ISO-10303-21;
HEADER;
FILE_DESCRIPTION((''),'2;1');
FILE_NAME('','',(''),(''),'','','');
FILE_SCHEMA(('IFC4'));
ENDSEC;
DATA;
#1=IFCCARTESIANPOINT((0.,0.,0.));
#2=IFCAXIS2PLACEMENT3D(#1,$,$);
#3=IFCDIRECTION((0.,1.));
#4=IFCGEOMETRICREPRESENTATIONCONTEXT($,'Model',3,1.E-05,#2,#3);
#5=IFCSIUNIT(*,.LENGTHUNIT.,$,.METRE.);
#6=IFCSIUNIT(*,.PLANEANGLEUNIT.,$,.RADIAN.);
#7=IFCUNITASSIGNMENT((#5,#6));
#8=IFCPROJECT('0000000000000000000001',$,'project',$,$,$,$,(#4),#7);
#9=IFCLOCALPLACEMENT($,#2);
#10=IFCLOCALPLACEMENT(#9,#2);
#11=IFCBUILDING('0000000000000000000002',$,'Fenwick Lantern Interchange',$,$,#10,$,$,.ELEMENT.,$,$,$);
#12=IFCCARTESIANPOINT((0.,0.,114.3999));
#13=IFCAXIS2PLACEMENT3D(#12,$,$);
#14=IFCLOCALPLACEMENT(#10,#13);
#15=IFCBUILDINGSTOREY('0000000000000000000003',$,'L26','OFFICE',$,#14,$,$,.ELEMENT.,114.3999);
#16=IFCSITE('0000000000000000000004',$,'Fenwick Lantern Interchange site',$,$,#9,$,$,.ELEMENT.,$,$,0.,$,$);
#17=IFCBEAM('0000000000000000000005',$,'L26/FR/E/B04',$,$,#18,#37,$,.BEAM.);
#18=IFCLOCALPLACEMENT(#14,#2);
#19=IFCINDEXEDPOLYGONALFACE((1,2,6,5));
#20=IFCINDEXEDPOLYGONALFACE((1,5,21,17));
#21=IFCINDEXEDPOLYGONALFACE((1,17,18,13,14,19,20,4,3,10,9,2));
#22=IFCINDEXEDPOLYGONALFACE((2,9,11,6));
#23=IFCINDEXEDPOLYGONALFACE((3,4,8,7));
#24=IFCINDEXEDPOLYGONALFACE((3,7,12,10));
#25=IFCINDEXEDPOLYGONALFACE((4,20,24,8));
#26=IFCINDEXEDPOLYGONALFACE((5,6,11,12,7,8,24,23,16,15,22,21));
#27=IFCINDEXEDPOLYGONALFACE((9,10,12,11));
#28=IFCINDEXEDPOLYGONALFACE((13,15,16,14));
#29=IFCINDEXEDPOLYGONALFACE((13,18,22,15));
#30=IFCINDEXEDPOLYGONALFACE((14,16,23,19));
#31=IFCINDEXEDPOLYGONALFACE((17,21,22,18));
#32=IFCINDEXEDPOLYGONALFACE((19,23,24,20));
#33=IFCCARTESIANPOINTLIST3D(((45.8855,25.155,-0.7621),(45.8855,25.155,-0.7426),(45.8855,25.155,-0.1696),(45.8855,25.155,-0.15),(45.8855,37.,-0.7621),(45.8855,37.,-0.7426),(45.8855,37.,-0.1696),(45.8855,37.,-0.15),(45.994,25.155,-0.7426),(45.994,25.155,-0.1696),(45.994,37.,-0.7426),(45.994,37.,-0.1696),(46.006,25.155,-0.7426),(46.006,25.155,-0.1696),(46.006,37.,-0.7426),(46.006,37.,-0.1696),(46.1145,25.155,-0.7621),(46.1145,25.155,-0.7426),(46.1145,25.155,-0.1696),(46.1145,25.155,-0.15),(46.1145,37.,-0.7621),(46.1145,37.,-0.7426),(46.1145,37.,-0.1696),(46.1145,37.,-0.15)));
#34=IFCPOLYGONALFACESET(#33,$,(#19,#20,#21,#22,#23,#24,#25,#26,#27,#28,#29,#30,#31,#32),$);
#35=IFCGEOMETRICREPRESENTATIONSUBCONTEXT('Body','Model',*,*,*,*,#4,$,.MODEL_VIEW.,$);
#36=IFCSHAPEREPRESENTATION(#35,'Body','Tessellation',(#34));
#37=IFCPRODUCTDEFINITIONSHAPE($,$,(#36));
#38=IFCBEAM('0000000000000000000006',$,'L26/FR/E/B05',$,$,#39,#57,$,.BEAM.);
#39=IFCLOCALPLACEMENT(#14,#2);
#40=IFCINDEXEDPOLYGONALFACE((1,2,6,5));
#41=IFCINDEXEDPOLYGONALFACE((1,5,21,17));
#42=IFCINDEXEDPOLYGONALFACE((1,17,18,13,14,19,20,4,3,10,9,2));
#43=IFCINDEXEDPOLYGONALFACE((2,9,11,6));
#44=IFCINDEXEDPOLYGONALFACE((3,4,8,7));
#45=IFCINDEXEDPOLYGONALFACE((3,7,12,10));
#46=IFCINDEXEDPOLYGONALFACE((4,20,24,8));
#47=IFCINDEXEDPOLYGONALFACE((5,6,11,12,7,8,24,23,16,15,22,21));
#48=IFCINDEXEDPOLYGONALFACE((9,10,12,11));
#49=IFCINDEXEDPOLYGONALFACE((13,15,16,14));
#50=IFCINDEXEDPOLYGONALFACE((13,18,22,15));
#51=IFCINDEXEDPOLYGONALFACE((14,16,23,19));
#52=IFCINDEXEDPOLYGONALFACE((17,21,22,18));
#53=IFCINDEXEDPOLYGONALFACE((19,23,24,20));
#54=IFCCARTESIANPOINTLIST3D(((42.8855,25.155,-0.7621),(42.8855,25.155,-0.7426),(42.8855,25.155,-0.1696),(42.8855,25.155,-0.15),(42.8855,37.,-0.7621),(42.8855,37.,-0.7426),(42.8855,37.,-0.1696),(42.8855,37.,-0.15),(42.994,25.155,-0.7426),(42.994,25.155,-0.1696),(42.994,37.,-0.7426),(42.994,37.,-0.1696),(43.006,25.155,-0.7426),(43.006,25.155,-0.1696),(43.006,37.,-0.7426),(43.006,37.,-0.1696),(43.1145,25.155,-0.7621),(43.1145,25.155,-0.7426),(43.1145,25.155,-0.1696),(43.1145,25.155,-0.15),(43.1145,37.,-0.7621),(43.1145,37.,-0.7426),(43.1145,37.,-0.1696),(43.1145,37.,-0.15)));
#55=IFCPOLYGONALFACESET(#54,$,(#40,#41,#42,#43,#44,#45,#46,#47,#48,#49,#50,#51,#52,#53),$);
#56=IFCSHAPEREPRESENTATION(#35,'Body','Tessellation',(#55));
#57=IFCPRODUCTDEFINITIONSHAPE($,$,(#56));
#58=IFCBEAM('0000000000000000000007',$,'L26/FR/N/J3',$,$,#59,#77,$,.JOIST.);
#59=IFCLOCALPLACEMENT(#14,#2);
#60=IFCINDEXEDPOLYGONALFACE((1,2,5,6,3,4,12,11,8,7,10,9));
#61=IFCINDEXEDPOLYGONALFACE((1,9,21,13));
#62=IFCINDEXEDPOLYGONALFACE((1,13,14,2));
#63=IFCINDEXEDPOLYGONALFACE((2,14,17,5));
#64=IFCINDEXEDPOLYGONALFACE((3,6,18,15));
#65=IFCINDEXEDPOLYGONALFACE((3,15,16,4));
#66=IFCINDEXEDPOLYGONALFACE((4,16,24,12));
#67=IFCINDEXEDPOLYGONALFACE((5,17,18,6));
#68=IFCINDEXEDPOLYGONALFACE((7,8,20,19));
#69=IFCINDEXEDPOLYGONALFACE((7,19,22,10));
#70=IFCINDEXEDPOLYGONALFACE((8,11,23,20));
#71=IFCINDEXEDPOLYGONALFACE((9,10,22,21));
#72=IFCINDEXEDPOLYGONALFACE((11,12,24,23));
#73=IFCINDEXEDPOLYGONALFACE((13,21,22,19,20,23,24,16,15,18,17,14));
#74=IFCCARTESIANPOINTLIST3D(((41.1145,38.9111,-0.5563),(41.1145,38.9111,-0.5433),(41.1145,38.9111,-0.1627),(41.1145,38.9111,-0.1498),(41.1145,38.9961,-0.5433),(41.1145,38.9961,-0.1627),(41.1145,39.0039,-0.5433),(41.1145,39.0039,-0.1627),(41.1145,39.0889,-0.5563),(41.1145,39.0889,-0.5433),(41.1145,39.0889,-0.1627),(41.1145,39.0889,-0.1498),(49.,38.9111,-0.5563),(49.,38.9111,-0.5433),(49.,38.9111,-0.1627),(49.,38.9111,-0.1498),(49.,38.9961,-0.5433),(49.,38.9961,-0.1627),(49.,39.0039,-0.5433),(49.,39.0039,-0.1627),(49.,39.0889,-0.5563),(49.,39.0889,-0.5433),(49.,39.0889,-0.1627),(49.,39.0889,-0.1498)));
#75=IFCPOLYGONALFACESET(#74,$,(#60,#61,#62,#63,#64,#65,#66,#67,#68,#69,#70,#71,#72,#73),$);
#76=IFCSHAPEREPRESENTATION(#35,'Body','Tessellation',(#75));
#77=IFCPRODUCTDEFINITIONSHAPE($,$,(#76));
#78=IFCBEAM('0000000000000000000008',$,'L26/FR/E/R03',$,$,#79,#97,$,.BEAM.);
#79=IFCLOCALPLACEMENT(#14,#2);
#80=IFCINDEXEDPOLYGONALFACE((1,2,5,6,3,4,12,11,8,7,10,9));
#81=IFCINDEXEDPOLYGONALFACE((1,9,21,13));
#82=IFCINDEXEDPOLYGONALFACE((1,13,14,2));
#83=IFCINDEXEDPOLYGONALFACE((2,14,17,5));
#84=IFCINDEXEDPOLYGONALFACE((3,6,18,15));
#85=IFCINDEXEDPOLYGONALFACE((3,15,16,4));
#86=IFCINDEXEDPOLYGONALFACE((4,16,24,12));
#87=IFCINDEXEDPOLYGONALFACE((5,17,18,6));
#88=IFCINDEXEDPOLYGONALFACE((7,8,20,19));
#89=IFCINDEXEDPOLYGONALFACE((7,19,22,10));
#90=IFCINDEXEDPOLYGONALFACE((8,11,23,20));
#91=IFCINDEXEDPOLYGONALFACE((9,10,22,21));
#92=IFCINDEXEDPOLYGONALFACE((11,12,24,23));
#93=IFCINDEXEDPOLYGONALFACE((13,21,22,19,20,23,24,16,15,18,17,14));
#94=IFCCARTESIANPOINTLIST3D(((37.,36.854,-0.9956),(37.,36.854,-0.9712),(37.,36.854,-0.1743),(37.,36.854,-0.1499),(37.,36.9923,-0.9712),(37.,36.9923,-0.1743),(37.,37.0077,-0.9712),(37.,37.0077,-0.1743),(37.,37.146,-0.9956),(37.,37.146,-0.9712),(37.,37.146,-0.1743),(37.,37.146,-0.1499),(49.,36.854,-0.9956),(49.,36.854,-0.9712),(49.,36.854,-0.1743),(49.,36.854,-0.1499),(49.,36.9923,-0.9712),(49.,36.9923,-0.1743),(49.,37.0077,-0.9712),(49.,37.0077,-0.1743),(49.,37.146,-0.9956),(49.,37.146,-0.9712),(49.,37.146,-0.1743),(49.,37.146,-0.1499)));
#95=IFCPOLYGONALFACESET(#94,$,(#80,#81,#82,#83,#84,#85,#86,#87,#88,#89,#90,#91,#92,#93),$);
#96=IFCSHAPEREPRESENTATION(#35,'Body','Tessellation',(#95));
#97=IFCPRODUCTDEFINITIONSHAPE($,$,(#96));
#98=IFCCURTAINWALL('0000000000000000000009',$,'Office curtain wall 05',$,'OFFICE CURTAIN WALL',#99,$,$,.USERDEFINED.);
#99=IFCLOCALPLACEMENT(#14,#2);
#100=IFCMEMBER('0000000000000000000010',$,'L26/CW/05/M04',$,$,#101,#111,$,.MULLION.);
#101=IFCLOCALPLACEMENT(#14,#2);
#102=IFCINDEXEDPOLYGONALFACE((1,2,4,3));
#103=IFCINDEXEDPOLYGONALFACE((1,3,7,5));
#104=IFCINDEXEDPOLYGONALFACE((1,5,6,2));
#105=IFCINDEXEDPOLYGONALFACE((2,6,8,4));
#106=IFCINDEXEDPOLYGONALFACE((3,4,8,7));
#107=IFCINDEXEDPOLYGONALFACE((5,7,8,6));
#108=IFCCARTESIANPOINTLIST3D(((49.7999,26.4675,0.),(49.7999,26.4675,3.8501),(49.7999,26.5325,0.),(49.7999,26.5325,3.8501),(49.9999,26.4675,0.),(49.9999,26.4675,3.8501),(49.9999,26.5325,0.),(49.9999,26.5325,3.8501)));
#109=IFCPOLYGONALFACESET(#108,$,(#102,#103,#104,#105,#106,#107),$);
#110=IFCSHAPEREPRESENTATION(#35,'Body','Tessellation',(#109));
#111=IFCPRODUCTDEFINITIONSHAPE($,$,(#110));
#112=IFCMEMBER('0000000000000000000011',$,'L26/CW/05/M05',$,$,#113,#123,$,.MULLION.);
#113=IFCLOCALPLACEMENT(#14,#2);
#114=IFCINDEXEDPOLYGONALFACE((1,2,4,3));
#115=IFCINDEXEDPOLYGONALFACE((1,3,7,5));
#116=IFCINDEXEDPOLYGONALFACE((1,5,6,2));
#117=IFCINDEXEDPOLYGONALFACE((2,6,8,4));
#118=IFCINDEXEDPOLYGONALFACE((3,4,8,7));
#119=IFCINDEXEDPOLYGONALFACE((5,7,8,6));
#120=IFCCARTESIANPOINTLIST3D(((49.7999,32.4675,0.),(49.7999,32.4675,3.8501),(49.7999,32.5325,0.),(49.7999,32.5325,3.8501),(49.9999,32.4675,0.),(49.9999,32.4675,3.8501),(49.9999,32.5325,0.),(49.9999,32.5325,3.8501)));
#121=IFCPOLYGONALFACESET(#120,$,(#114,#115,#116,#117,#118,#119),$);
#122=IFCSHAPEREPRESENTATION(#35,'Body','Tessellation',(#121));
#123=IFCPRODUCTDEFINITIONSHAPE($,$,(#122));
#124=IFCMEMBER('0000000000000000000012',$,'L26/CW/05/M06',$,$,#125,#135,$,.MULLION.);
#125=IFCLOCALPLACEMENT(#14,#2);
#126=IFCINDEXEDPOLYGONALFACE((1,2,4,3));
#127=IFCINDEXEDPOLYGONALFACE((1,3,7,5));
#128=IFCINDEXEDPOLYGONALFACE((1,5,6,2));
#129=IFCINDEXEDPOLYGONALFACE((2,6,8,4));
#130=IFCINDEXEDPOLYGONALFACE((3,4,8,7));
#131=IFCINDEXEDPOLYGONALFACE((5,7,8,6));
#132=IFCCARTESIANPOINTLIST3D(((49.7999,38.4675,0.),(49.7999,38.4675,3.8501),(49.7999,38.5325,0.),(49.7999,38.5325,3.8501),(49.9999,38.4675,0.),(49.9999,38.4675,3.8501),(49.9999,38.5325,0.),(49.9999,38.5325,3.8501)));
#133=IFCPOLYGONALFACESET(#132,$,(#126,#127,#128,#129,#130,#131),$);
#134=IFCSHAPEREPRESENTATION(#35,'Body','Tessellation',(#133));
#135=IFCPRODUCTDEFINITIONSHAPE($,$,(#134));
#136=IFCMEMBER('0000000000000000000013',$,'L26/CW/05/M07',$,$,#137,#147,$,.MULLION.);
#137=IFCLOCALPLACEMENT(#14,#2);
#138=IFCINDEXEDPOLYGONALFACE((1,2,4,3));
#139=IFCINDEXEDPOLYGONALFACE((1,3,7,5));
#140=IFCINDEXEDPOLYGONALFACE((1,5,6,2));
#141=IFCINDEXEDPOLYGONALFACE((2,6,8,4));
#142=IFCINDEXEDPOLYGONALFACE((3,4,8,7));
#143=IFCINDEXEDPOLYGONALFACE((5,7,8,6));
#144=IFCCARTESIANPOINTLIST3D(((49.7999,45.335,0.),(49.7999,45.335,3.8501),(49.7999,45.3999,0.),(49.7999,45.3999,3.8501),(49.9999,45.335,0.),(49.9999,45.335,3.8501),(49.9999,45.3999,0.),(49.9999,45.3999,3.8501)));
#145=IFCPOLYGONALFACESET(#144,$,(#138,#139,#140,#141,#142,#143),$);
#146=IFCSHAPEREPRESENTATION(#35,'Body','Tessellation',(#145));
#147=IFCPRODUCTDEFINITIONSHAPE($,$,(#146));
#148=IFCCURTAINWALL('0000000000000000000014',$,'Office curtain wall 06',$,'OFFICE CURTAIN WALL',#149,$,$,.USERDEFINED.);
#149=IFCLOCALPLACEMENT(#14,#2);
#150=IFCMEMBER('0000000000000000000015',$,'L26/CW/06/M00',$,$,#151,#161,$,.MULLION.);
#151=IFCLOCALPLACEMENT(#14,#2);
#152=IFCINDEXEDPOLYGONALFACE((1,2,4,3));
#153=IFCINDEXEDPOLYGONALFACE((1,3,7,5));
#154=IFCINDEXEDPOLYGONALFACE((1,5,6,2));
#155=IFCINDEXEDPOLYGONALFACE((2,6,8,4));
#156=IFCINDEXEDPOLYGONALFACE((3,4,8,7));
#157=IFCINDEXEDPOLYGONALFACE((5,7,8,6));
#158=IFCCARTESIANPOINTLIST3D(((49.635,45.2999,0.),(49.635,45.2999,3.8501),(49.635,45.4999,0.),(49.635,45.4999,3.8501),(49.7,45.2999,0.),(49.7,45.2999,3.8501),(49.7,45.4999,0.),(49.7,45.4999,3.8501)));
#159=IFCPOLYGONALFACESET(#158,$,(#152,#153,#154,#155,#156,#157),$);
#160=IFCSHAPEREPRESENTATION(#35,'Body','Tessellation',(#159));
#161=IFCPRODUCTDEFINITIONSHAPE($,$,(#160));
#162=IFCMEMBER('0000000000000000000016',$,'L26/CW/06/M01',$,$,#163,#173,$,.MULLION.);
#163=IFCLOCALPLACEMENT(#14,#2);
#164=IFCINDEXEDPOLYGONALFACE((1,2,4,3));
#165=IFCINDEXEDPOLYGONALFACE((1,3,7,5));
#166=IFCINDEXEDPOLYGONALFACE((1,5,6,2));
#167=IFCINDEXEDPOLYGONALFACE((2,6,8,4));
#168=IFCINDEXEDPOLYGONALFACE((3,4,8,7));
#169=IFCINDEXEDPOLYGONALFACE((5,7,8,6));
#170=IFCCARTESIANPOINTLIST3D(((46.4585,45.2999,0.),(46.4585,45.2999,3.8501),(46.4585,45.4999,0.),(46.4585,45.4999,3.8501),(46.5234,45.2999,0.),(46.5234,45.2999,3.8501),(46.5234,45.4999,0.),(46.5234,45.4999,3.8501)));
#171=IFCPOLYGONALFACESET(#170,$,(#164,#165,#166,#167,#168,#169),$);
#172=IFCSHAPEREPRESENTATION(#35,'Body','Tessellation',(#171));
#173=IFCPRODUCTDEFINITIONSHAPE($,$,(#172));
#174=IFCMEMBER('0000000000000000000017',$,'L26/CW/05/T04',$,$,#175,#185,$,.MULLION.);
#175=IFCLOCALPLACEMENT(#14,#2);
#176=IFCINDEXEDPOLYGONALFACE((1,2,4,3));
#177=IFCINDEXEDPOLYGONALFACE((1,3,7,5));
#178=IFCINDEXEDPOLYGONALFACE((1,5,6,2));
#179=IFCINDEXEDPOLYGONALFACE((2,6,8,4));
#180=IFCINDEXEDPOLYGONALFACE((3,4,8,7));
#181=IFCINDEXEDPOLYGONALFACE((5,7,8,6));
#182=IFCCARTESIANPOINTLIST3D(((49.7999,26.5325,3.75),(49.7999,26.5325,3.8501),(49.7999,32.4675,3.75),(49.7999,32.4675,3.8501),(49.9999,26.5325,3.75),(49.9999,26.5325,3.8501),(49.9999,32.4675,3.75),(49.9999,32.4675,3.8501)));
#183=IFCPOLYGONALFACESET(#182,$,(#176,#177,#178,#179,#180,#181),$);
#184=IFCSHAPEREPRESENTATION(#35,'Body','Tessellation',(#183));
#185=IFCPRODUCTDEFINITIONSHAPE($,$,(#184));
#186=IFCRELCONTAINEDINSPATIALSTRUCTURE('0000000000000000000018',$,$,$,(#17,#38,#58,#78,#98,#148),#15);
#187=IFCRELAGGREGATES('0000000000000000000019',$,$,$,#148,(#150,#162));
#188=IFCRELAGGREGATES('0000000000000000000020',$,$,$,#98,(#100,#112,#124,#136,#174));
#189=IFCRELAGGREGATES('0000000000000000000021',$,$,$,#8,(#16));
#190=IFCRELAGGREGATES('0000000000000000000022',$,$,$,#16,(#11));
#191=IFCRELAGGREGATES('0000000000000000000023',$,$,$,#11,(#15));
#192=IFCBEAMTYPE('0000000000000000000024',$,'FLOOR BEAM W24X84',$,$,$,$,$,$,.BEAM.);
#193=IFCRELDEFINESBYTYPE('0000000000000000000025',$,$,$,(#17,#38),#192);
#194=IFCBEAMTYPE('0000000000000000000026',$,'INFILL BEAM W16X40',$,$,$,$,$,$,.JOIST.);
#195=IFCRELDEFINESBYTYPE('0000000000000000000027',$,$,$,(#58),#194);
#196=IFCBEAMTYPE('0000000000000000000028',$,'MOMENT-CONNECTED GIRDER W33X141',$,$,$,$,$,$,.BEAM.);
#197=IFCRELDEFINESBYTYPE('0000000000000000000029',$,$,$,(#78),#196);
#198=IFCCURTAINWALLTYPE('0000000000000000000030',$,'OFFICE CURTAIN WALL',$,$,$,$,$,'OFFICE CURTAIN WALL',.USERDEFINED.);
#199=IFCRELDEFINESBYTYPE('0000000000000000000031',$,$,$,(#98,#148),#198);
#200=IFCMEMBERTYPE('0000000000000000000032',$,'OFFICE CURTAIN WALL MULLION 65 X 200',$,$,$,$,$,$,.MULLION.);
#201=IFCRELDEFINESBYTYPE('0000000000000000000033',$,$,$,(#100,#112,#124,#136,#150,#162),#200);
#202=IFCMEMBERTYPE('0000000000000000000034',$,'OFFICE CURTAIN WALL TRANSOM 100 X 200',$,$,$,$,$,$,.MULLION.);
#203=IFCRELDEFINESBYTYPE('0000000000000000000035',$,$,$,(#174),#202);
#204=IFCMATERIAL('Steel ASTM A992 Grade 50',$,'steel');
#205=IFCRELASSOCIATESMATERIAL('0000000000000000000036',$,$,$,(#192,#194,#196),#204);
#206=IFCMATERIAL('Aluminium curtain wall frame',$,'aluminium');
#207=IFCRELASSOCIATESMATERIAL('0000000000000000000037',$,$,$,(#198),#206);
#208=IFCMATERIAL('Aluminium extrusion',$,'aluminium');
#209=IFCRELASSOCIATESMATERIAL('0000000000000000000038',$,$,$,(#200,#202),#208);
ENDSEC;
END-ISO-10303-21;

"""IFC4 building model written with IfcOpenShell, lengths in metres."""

from ifc_helpers import new_model, si_unit, direction, frame, origin, origin_2d, place, context, subcontext, project, spatial, rectangle, i_section, extrude, material, material_profile, profile_set, type_object, element, aggregate, save


model = new_model("IFC4")

# Units and contexts
model_context = context("Model", 3, precision=1e-05, world=origin(), true_north=direction((0.0, 1.0)))
body_context = subcontext(model_context, "Body", "Model", "MODEL_VIEW")
ifc_project = project(units=[si_unit("LENGTHUNIT", "METRE"), si_unit("PLANEANGLEUNIT", "RADIAN")], contexts=[model_context])

# Site, building, storey
site_placement = place(None, origin())
site = spatial("IfcSite", under=ifc_project, at=site_placement, Name="Fenwick Lantern Interchange site", CompositionType="ELEMENT", RefElevation=0.0)
building_placement = place(site_placement, origin())
building = spatial("IfcBuilding", under=site, at=building_placement, Name="Fenwick Lantern Interchange", CompositionType="ELEMENT")
storey_placement = place(building_placement, frame((0.0, 0.0, 114.3999)))
storey = spatial("IfcBuildingStorey", under=building, at=storey_placement, Name="L26", Description="OFFICE", CompositionType="ELEMENT", Elevation=114.3999)

# Shared definitions
ifc_material_1 = material(Name="Steel ASTM A992 Grade 50", Category="steel")

# Beams
ifc_material_profile_1 = material_profile(ifc_material_1, i_section(OverallWidth=0.229, OverallDepth=0.6121, WebThickness=0.012, FlangeThickness=0.0195, at=origin_2d()), Name="W24X84")
ifc_profile_set_1 = profile_set([ifc_material_profile_1], Name="Steel ASTM A992 Grade 50")
beam_type_1 = type_object("IfcBeamType", Name="FLOOR BEAM W24X84", PredefinedType="BEAM", material=ifc_profile_set_1)
for number, where, z_axis, x_axis, name in (
    (1, (46.0, 25.155, -0.4561), (0.0, 1.0, 0.0), (-1.0, 0.0, 0.0), "L26/FR/E/B04"),
    (2, (43.0, 25.155, -0.4561), (0.0, 1.0, 0.0), (-1.0, 0.0, 0.0), "L26/FR/E/B05"),
):
    element("IfcBeam", number, at=place(storey_placement, frame(where, z_axis=z_axis, x_axis=x_axis)), inside=storey, type_object=beam_type_1, Name=name, PredefinedType="BEAM", context=body_context, shape_type="SweptSolid", body=[
        extrude(i_section(OverallWidth=0.229, OverallDepth=0.6121, WebThickness=0.012, FlangeThickness=0.0195, at=origin_2d()), origin(), (0.0, 0.0, 1.0), 11.845),
    ])
ifc_material_profile_2 = material_profile(ifc_material_1, i_section(OverallWidth=0.1777, OverallDepth=0.4065, WebThickness=0.0078, FlangeThickness=0.0129, at=origin_2d()), Name="W16X40")
ifc_profile_set_2 = profile_set([ifc_material_profile_2], Name="Steel ASTM A992 Grade 50")
beam_type_2 = type_object("IfcBeamType", Name="INFILL BEAM W16X40", PredefinedType="JOIST", material=ifc_profile_set_2)
beam_1_placement = place(storey_placement, frame((49.0, 39.0, -0.353), z_axis=(-1.0, 0.0, 0.0), x_axis=(0.0, -1.0, 0.0)))
element("IfcBeam", 3, at=beam_1_placement, inside=storey, type_object=beam_type_2, Name="L26/FR/N/J3", PredefinedType="JOIST", context=body_context, shape_type="SweptSolid", body=[
    extrude(i_section(OverallWidth=0.1777, OverallDepth=0.4065, WebThickness=0.0078, FlangeThickness=0.0129, at=origin_2d()), origin(), (0.0, 0.0, 1.0), 7.8855),
])
ifc_material_profile_3 = material_profile(ifc_material_1, i_section(OverallWidth=0.292, OverallDepth=0.8457, WebThickness=0.0154, FlangeThickness=0.0244, at=origin_2d()), Name="W33X141")
ifc_profile_set_3 = profile_set([ifc_material_profile_3], Name="Steel ASTM A992 Grade 50")
beam_type_3 = type_object("IfcBeamType", Name="MOMENT-CONNECTED GIRDER W33X141", PredefinedType="BEAM", material=ifc_profile_set_3)
beam_2_placement = place(storey_placement, frame((49.0, 37.0, -0.5728), z_axis=(-1.0, 0.0, 0.0), x_axis=(0.0, -1.0, 0.0)))
element("IfcBeam", 4, at=beam_2_placement, inside=storey, type_object=beam_type_3, Name="L26/FR/E/R03", PredefinedType="BEAM", context=body_context, shape_type="SweptSolid", body=[
    extrude(i_section(OverallWidth=0.292, OverallDepth=0.8457, WebThickness=0.0154, FlangeThickness=0.0244, at=origin_2d()), origin(), (0.0, 0.0, 1.0), 12.0),
])

# Curtain walls, members
ifc_material_2 = material(Name="Aluminium curtain wall frame", Category="aluminium")
curtain_wall_type = type_object("IfcCurtainWallType", Name="OFFICE CURTAIN WALL", ElementType="OFFICE CURTAIN WALL", PredefinedType="USERDEFINED", material=ifc_material_2)
curtain_wall_1_placement = place(storey_placement, origin())
curtain_wall_1 = element("IfcCurtainWall", 5, at=curtain_wall_1_placement, inside=storey, type_object=curtain_wall_type, Name="Office curtain wall 05", ObjectType="OFFICE CURTAIN WALL", PredefinedType="USERDEFINED")
ifc_material_3 = material(Name="Aluminium extrusion", Category="aluminium")
ifc_material_profile_4 = material_profile(ifc_material_3, rectangle(XDim=0.2, YDim=0.0649, at=origin_2d()), Name="OFFICE CURTAIN WALL MULLION 65 X 200")
ifc_profile_set_4 = profile_set([ifc_material_profile_4], Name="Aluminium extrusion")
member_type_1 = type_object("IfcMemberType", Name="OFFICE CURTAIN WALL MULLION 65 X 200", PredefinedType="MULLION", material=ifc_profile_set_4)
member_1_placement = place(storey_placement, frame((49.8999, 26.5, 0.0), z_axis=(0.0, 0.0, 1.0), x_axis=(-1.0, 0.0, 0.0)))
member_1 = element("IfcMember", 6, at=member_1_placement, type_object=member_type_1, Name="L26/CW/05/M04", PredefinedType="MULLION", context=body_context, shape_type="SweptSolid", body=[
    extrude(rectangle(XDim=0.2, YDim=0.0649, at=origin_2d()), origin(), (0.0, 0.0, 1.0), 3.8501),
])
member_2_placement = place(storey_placement, frame((49.8999, 32.5, 0.0), z_axis=(0.0, 0.0, 1.0), x_axis=(-1.0, 0.0, 0.0)))
member_2 = element("IfcMember", 7, at=member_2_placement, type_object=member_type_1, Name="L26/CW/05/M05", PredefinedType="MULLION", context=body_context, shape_type="SweptSolid", body=[
    extrude(rectangle(XDim=0.2, YDim=0.0649, at=origin_2d()), origin(), (0.0, 0.0, 1.0), 3.8501),
])
member_3_placement = place(storey_placement, frame((49.8999, 38.5, 0.0), z_axis=(0.0, 0.0, 1.0), x_axis=(-1.0, 0.0, 0.0)))
member_3 = element("IfcMember", 8, at=member_3_placement, type_object=member_type_1, Name="L26/CW/05/M06", PredefinedType="MULLION", context=body_context, shape_type="SweptSolid", body=[
    extrude(rectangle(XDim=0.2, YDim=0.0649, at=origin_2d()), origin(), (0.0, 0.0, 1.0), 3.8501),
])
member_4_placement = place(storey_placement, frame((49.8999, 45.3674, 0.0), z_axis=(0.0, 0.0, 1.0), x_axis=(-1.0, 0.0, 0.0)))
member_4 = element("IfcMember", 9, at=member_4_placement, type_object=member_type_1, Name="L26/CW/05/M07", PredefinedType="MULLION", context=body_context, shape_type="SweptSolid", body=[
    extrude(rectangle(XDim=0.2, YDim=0.0649, at=origin_2d()), origin(), (0.0, 0.0, 1.0), 3.8501),
])
curtain_wall_2_placement = place(storey_placement, origin())
curtain_wall_2 = element("IfcCurtainWall", 10, at=curtain_wall_2_placement, inside=storey, type_object=curtain_wall_type, Name="Office curtain wall 06", ObjectType="OFFICE CURTAIN WALL", PredefinedType="USERDEFINED")
member_5_placement = place(storey_placement, frame((49.6675, 45.3999, 0.0), z_axis=(0.0, 0.0, 1.0), x_axis=(0.0, -1.0, 0.0)))
member_5 = element("IfcMember", 11, at=member_5_placement, type_object=member_type_1, Name="L26/CW/06/M00", PredefinedType="MULLION", context=body_context, shape_type="SweptSolid", body=[
    extrude(rectangle(XDim=0.2, YDim=0.0649, at=origin_2d()), origin(), (0.0, 0.0, 1.0), 3.8501),
])
member_6_placement = place(storey_placement, frame((46.491, 45.3999, 0.0), z_axis=(0.0, 0.0, 1.0), x_axis=(0.0, -1.0, 0.0)))
member_6 = element("IfcMember", 12, at=member_6_placement, type_object=member_type_1, Name="L26/CW/06/M01", PredefinedType="MULLION", context=body_context, shape_type="SweptSolid", body=[
    extrude(rectangle(XDim=0.2, YDim=0.0649, at=origin_2d()), origin(), (0.0, 0.0, 1.0), 3.8501),
])

# Member
ifc_material_profile_5 = material_profile(ifc_material_3, rectangle(XDim=0.2, YDim=0.1001, at=origin_2d()), Name="OFFICE CURTAIN WALL TRANSOM 100 X 200")
ifc_profile_set_5 = profile_set([ifc_material_profile_5], Name="Aluminium extrusion")
member_type_2 = type_object("IfcMemberType", Name="OFFICE CURTAIN WALL TRANSOM 100 X 200", PredefinedType="MULLION", material=ifc_profile_set_5)
member_7_placement = place(storey_placement, frame((49.8999, 26.5325, 3.8), z_axis=(0.0, 1.0, 0.0), x_axis=(-1.0, 0.0, 0.0)))
member_7 = element("IfcMember", 13, at=member_7_placement, type_object=member_type_2, Name="L26/CW/05/T04", PredefinedType="MULLION", context=body_context, shape_type="SweptSolid", body=[
    extrude(rectangle(XDim=0.2, YDim=0.1001, at=origin_2d()), origin(), (0.0, 0.0, 1.0), 5.9351),
])
aggregate(curtain_wall_2, [member_5, member_6])

aggregate(curtain_wall_1, [member_1, member_2, member_3, member_4, member_7])

save(model, "model.ifc")
